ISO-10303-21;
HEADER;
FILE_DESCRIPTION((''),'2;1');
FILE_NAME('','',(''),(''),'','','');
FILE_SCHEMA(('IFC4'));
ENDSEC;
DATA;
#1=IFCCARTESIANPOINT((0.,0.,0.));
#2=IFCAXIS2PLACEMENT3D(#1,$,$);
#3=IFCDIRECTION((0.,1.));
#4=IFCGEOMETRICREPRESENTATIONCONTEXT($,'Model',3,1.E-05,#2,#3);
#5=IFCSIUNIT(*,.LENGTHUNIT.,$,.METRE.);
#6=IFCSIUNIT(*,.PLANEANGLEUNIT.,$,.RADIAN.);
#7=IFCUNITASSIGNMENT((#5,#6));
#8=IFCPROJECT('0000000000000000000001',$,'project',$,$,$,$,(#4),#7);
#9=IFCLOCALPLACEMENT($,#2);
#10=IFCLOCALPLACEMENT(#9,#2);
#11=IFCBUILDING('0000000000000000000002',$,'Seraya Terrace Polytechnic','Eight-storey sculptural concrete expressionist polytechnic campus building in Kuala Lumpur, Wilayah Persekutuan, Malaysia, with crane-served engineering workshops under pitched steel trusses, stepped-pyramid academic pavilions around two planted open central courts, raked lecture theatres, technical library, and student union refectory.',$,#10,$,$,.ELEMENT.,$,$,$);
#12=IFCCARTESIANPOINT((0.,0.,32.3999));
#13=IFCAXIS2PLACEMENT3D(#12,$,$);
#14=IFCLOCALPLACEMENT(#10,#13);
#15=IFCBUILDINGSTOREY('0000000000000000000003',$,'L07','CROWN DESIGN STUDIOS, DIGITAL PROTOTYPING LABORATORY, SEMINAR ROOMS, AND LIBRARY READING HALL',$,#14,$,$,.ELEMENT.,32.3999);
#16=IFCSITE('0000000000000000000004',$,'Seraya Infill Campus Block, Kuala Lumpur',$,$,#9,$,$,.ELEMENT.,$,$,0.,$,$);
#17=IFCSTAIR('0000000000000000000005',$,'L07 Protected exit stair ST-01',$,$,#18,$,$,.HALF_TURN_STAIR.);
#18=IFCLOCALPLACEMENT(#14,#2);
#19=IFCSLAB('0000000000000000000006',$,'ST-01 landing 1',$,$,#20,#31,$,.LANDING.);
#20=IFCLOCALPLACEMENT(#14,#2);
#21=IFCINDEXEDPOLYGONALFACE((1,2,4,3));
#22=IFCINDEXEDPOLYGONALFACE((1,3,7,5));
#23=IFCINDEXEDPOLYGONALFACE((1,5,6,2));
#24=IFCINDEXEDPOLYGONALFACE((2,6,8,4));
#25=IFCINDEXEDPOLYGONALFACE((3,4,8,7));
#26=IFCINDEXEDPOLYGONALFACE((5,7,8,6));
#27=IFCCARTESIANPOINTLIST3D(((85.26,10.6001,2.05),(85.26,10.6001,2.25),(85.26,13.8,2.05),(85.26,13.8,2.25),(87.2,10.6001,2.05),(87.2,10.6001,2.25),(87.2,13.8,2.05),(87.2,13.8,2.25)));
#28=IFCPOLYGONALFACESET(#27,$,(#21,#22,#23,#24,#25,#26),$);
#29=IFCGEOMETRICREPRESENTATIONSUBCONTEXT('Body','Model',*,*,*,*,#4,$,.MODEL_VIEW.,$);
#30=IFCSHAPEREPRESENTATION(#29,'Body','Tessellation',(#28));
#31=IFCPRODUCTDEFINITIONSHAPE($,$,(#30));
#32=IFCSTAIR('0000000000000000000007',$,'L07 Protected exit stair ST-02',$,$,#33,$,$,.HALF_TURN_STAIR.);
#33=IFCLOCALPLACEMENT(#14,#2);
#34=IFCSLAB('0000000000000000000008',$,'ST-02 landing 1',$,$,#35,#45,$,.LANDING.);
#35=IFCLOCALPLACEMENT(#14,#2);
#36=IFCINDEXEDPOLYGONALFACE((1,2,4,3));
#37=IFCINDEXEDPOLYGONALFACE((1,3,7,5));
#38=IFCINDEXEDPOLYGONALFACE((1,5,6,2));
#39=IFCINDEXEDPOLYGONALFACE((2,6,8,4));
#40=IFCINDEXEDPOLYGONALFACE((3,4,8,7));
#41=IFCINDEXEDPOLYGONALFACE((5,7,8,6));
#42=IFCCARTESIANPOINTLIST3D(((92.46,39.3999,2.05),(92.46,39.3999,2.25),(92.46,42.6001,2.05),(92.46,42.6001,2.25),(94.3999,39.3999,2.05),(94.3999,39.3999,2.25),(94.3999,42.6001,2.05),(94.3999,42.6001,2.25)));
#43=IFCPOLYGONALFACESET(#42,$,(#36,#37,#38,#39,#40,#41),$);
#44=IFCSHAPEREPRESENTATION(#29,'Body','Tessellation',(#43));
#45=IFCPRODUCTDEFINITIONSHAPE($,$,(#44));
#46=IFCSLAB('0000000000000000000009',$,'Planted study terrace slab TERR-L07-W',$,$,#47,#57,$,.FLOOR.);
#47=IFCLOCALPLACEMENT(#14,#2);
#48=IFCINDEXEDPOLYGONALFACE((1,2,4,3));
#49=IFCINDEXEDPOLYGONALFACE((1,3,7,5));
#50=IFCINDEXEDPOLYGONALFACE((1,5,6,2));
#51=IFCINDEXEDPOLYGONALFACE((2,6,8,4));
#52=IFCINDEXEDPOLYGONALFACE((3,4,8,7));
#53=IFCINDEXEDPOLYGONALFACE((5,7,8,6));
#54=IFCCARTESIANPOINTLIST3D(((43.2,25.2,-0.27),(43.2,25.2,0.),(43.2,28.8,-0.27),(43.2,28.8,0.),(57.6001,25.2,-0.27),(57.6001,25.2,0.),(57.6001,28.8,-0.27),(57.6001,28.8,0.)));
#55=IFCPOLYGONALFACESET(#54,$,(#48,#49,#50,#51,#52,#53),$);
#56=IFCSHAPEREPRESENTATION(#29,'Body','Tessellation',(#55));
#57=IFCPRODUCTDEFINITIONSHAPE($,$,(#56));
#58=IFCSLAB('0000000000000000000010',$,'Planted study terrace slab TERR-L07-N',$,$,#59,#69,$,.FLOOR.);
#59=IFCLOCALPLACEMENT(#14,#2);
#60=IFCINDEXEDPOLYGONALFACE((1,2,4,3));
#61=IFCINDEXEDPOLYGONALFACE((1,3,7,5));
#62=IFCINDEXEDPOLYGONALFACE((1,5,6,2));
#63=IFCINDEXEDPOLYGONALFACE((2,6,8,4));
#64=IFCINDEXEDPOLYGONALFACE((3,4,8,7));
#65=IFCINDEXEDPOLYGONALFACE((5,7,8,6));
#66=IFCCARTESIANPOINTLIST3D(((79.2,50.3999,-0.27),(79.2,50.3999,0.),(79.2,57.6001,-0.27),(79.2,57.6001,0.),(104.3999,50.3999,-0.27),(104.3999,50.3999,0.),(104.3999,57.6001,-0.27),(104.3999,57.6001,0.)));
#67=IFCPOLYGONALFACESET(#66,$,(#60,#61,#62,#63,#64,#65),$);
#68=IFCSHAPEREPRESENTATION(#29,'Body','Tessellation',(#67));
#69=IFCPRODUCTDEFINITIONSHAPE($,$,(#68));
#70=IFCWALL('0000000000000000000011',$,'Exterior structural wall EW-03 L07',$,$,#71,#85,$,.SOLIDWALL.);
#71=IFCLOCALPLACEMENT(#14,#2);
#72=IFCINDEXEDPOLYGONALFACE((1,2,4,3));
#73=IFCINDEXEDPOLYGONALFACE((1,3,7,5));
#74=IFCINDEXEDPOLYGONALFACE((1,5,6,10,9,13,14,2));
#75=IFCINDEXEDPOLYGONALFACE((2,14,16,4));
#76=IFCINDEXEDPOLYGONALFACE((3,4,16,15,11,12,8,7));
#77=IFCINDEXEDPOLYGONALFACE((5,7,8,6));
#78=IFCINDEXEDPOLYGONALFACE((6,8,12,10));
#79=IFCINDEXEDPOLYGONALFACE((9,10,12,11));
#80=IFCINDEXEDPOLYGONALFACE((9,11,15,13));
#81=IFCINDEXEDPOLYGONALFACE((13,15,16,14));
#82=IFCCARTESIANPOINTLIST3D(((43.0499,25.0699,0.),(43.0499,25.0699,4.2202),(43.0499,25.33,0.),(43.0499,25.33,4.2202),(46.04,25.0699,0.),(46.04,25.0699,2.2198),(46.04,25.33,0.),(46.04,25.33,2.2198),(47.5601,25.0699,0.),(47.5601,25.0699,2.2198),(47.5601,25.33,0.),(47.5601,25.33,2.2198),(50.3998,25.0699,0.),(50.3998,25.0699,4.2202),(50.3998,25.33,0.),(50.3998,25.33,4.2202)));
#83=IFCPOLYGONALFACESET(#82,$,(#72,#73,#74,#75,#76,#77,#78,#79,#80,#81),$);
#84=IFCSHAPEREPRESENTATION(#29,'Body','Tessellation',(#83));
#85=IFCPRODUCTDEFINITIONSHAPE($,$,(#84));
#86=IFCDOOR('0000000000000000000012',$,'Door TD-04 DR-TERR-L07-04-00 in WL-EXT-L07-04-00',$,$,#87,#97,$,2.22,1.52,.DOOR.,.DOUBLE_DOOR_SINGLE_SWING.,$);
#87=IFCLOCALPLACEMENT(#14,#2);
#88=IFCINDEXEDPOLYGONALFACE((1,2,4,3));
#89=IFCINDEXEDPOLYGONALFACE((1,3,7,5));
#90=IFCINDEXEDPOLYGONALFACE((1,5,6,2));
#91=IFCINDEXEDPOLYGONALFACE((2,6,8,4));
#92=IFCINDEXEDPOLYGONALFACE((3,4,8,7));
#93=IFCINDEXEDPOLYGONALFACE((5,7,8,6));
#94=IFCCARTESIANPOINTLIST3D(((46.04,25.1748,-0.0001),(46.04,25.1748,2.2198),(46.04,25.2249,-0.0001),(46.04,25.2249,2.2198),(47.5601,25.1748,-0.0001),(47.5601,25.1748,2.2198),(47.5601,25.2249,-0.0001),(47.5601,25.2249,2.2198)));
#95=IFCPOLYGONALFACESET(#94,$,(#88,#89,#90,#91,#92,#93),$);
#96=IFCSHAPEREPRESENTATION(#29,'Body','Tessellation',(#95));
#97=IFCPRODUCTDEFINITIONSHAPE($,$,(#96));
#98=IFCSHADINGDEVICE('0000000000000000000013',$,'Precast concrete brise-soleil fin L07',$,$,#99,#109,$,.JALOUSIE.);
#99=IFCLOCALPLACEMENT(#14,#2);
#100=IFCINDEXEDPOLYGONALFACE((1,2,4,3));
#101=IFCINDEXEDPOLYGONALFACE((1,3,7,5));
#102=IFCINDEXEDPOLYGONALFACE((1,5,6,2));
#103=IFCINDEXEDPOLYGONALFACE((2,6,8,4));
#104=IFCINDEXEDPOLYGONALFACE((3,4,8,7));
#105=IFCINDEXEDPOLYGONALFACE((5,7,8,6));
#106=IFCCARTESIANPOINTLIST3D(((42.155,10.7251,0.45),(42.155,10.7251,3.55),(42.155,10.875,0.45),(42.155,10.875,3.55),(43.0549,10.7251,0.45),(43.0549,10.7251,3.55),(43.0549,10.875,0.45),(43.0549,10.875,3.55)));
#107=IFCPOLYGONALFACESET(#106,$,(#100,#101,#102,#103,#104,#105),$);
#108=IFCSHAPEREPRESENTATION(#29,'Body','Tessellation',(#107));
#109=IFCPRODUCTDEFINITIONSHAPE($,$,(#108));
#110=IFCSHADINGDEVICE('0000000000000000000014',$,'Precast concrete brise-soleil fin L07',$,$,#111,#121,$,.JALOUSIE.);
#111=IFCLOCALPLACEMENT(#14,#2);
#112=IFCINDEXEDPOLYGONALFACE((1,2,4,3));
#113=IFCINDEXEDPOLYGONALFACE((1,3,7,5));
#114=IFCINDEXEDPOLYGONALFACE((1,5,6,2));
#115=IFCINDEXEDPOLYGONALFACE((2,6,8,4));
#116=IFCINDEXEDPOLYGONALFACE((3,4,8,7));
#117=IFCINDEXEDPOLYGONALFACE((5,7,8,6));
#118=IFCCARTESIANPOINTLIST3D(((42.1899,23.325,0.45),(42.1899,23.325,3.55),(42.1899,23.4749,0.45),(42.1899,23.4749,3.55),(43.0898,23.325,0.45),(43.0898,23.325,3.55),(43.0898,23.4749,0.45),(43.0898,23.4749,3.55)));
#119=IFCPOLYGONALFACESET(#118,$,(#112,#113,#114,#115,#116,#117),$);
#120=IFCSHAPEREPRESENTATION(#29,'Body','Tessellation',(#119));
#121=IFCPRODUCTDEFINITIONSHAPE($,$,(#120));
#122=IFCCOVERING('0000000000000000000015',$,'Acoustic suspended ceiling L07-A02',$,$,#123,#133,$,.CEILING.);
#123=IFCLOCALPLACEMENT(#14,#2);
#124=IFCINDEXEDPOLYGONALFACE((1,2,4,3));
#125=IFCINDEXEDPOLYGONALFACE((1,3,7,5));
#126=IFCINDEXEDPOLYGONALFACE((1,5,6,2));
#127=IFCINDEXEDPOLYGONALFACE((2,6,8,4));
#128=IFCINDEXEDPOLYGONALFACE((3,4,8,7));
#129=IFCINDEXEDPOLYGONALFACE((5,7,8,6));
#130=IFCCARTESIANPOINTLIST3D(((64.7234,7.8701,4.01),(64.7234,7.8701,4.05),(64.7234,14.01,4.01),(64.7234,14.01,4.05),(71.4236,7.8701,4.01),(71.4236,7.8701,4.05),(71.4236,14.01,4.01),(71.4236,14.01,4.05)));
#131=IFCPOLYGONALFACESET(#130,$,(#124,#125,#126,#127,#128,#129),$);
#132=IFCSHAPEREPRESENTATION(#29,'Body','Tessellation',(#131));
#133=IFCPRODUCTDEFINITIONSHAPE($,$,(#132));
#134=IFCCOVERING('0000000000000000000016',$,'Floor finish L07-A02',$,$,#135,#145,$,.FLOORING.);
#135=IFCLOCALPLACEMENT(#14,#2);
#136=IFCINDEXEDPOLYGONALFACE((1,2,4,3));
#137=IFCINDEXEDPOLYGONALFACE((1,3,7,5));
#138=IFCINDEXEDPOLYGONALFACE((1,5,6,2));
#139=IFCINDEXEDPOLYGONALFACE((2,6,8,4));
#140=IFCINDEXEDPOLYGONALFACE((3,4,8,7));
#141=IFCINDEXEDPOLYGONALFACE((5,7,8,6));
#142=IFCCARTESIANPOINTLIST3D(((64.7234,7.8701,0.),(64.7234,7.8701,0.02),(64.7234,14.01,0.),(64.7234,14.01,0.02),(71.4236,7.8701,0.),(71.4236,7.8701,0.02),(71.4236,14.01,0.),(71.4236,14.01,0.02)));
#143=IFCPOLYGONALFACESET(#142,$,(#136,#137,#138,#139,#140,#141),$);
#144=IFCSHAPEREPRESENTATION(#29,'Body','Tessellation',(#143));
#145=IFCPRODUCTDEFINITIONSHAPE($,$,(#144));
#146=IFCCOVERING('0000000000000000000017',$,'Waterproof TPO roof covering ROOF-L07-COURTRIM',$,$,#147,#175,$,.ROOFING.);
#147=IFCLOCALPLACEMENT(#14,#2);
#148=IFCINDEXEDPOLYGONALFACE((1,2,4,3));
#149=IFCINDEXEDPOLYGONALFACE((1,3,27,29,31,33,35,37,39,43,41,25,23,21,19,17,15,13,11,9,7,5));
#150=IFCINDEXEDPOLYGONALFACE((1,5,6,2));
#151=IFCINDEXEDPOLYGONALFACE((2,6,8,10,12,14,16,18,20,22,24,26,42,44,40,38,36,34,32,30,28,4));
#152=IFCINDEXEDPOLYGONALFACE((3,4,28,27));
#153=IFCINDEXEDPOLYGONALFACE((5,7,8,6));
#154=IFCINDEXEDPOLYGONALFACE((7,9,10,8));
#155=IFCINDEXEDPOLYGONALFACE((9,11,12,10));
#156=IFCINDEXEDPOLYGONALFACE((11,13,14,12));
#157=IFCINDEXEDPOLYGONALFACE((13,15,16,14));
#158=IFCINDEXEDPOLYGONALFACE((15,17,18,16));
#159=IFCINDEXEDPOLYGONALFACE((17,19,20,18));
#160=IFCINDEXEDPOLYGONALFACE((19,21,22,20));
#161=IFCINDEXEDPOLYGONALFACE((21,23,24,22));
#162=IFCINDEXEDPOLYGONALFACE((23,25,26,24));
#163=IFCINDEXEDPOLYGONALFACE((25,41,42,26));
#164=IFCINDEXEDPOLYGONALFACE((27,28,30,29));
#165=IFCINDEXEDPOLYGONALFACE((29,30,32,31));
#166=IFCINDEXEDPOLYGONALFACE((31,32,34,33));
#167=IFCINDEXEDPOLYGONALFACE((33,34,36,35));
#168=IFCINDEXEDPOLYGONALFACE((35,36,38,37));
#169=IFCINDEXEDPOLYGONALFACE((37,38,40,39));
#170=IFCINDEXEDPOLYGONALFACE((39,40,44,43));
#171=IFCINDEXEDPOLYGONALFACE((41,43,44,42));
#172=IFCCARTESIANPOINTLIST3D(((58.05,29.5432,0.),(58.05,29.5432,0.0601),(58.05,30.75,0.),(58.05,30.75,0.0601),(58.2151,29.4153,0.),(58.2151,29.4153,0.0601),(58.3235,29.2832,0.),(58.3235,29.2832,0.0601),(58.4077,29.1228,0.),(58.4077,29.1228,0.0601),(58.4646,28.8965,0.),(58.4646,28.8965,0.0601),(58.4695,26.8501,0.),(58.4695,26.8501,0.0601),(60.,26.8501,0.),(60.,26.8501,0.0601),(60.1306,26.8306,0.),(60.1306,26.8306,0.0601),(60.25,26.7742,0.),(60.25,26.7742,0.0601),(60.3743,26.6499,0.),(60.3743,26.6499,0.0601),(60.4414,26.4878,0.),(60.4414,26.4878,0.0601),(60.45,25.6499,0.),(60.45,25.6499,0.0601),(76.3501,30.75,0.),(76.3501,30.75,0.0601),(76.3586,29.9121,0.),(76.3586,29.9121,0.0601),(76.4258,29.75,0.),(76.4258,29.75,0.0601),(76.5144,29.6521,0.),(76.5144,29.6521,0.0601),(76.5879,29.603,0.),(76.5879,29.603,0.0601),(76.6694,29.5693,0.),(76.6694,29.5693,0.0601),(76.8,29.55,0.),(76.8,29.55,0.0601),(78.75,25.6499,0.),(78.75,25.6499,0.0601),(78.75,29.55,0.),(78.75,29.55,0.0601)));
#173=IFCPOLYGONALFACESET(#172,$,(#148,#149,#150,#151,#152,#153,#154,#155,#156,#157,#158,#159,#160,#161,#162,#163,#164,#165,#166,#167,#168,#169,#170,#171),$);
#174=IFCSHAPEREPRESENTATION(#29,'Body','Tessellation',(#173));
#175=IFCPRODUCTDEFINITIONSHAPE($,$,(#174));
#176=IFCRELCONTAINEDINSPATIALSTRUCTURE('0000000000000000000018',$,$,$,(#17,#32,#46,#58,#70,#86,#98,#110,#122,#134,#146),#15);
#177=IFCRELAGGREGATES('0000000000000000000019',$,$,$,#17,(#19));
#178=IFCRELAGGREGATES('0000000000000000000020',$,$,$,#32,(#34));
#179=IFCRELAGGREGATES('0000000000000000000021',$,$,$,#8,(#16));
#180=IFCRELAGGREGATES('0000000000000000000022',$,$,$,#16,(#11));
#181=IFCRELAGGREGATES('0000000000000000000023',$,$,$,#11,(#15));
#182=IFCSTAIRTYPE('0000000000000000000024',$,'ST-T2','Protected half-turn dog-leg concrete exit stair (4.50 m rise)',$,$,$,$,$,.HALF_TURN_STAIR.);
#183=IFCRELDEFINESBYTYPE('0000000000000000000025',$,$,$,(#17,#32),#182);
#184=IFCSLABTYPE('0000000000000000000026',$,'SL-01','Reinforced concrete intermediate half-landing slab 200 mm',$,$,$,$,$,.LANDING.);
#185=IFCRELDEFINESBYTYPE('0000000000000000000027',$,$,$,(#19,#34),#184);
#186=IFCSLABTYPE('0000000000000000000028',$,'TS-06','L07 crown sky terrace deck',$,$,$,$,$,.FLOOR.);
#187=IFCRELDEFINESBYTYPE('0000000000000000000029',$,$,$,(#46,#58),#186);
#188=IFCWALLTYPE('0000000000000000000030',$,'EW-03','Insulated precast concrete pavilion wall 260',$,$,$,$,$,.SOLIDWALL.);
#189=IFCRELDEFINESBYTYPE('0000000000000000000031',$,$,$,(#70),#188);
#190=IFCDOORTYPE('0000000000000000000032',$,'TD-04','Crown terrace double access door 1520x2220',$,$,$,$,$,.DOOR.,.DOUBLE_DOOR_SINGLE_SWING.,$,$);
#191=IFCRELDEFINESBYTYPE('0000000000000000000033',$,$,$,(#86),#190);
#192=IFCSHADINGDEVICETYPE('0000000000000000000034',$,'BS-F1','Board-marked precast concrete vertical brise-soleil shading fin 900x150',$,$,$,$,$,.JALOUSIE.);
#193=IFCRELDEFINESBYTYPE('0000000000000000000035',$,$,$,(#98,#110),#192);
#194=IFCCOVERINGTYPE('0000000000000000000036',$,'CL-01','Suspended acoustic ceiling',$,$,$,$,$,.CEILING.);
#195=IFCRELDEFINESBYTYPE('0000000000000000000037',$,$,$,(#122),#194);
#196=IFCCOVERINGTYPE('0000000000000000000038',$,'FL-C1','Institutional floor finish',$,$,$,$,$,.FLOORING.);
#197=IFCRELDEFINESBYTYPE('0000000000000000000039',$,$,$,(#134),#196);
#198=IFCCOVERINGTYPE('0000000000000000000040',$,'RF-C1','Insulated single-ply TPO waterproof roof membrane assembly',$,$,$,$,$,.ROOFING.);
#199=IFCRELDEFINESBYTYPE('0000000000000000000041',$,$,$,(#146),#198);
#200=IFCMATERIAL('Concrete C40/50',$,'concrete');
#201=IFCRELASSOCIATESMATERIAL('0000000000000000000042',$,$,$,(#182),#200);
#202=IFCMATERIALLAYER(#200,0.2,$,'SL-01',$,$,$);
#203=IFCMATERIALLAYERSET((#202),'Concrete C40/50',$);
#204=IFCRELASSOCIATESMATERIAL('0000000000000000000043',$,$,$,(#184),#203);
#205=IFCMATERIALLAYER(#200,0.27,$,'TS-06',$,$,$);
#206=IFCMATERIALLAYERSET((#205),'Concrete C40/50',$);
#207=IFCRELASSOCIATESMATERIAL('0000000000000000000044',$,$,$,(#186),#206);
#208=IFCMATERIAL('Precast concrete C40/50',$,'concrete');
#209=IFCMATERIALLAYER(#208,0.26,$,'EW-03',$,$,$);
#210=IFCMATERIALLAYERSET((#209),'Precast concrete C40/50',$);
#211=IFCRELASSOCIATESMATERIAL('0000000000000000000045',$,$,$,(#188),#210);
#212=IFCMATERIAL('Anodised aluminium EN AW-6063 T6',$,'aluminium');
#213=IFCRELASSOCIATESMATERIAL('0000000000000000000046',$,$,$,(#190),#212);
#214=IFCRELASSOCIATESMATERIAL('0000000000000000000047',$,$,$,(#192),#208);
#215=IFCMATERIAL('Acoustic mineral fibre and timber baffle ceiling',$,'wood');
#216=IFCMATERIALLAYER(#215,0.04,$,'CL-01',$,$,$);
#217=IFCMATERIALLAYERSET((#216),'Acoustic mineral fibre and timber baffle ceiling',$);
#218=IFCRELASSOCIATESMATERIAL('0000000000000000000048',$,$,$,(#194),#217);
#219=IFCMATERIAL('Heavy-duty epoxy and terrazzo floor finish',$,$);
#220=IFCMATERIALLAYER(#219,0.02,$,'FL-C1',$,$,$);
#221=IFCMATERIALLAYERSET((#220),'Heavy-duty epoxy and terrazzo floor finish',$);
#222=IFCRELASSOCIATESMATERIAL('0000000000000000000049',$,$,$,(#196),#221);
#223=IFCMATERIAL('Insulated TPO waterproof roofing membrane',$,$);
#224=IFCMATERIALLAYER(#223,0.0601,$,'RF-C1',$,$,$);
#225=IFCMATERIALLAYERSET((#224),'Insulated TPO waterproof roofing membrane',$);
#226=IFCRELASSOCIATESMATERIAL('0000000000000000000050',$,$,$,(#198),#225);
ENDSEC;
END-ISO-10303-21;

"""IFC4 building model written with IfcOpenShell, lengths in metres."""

from ifc_helpers import new_model, si_unit, direction, frame, frame_2d, origin, origin_2d, place, context, subcontext, project, spatial, polyline, rectangle, outline, extrude, material, layer, layer_set, type_object, element, fill, aggregate, save


model = new_model("IFC4")

# Units and contexts
model_context = context("Model", 3, precision=1e-05, world=origin(), true_north=direction((0.0, 1.0)))
body_context = subcontext(model_context, "Body", "Model", "MODEL_VIEW")
ifc_project = project(units=[si_unit("LENGTHUNIT", "METRE"), si_unit("PLANEANGLEUNIT", "RADIAN")], contexts=[model_context])

# Site, building, storey
site_placement = place(None, origin())
site = spatial("IfcSite", under=ifc_project, at=site_placement, Name="Seraya Infill Campus Block, Kuala Lumpur", CompositionType="ELEMENT", RefElevation=0.0)
building_placement = place(site_placement, origin())
building = spatial("IfcBuilding", under=site, at=building_placement, Name="Seraya Terrace Polytechnic", Description="Eight-storey sculptural concrete expressionist polytechnic campus building in Kuala Lumpur, Wilayah Persekutuan, Malaysia, with crane-served engineering workshops under pitched steel trusses, stepped-pyramid academic pavilions around two planted open central courts, raked lecture theatres, technical library, and student union refectory.", CompositionType="ELEMENT")
storey_placement = place(building_placement, frame((0.0, 0.0, 32.3999)))
storey = spatial("IfcBuildingStorey", under=building, at=storey_placement, Name="L07", Description="CROWN DESIGN STUDIOS, DIGITAL PROTOTYPING LABORATORY, SEMINAR ROOMS, AND LIBRARY READING HALL", CompositionType="ELEMENT", Elevation=32.3999)

# Shared definitions
ifc_material_1 = material(Name="Concrete C40/50", Category="concrete")

# Shared definitions
ifc_material_2 = material(Name="Precast concrete C40/50", Category="concrete")

# Stairs, slabs
stair_type = type_object("IfcStairType", Name="ST-T2", Description="Protected half-turn dog-leg concrete exit stair (4.50 m rise)", PredefinedType="HALF_TURN_STAIR", material=ifc_material_1)
stair_1_placement = place(storey_placement, origin())
stair_1 = element("IfcStair", 1, at=stair_1_placement, inside=storey, type_object=stair_type, Name="L07 Protected exit stair ST-01", PredefinedType="HALF_TURN_STAIR")
ifc_layer_1 = layer(ifc_material_1, 0.2, Name="SL-01")
ifc_layer_set_1 = layer_set([ifc_layer_1], Name="Concrete C40/50")
slab_type_1 = type_object("IfcSlabType", Name="SL-01", Description="Reinforced concrete intermediate half-landing slab 200 mm", PredefinedType="LANDING", material=ifc_layer_set_1)
slab_1_placement = place(storey_placement, frame((0.0, 0.0, 2.05)))
slab_1 = element("IfcSlab", 2, at=slab_1_placement, type_object=slab_type_1, Name="ST-01 landing 1", PredefinedType="LANDING", context=body_context, shape_type="SweptSolid", body=[
    extrude(outline(polyline([(85.26, 10.6001), (87.2, 10.6001), (87.2, 13.8), (85.26, 13.8), (85.26, 10.6001)])), origin(), (0.0, 0.0, 1.0), 0.2),
])
aggregate(stair_1, [slab_1])
stair_2_placement = place(storey_placement, origin())
stair_2 = element("IfcStair", 3, at=stair_2_placement, inside=storey, type_object=stair_type, Name="L07 Protected exit stair ST-02", PredefinedType="HALF_TURN_STAIR")
slab_2_placement = place(storey_placement, frame((0.0, 0.0, 2.05)))
slab_2 = element("IfcSlab", 4, at=slab_2_placement, type_object=slab_type_1, Name="ST-02 landing 1", PredefinedType="LANDING", context=body_context, shape_type="SweptSolid", body=[
    extrude(outline(polyline([(92.46, 39.3999), (94.3999, 39.3999), (94.3999, 42.6001), (92.46, 42.6001), (92.46, 39.3999)])), origin(), (0.0, 0.0, 1.0), 0.2),
])
aggregate(stair_2, [slab_2])

# Slabs
ifc_layer_2 = layer(ifc_material_1, 0.27, Name="TS-06")
ifc_layer_set_2 = layer_set([ifc_layer_2], Name="Concrete C40/50")
slab_type_2 = type_object("IfcSlabType", Name="TS-06", Description="L07 crown sky terrace deck", PredefinedType="FLOOR", material=ifc_layer_set_2)
slab_3_placement = place(storey_placement, frame((0.0, 0.0, -0.27)))
element("IfcSlab", 5, at=slab_3_placement, inside=storey, type_object=slab_type_2, Name="Planted study terrace slab TERR-L07-W", PredefinedType="FLOOR", context=body_context, shape_type="SweptSolid", body=[
    extrude(outline(polyline([(43.2, 25.2), (43.2, 28.8), (57.6001, 28.8), (57.6001, 25.2), (43.2, 25.2)])), origin(), (0.0, 0.0, 1.0), 0.27),
])
slab_4_placement = place(storey_placement, frame((0.0, 0.0, -0.27)))
element("IfcSlab", 6, at=slab_4_placement, inside=storey, type_object=slab_type_2, Name="Planted study terrace slab TERR-L07-N", PredefinedType="FLOOR", context=body_context, shape_type="SweptSolid", body=[
    extrude(outline(polyline([(79.2, 50.3999), (79.2, 57.6001), (104.3999, 57.6001), (104.3999, 50.3999), (79.2, 50.3999)])), origin(), (0.0, 0.0, 1.0), 0.27),
])

# Wall, opening, door
ifc_layer_3 = layer(ifc_material_2, 0.26, Name="EW-03")
ifc_layer_set_3 = layer_set([ifc_layer_3], Name="Precast concrete C40/50")
wall_type = type_object("IfcWallType", Name="EW-03", Description="Insulated precast concrete pavilion wall 260", PredefinedType="SOLIDWALL", material=ifc_layer_set_3)
wall_placement = place(storey_placement, frame((43.05, 25.2, 0.0), z_axis=(0.0, 0.0, 1.0), x_axis=(1.0, 0.0, 0.0)))
wall = element("IfcWall", 7, at=wall_placement, inside=storey, type_object=wall_type, Name="Exterior structural wall EW-03 L07", PredefinedType="SOLIDWALL", context=body_context, shape_type="SweptSolid", body=[
    extrude(rectangle(XDim=7.3499, YDim=0.26, at=frame_2d((3.6748, 0.0))), origin(), (0.0, 0.0, 1.0), 4.2202),
])
opening_placement = place(wall_placement, frame((2.99, 0.0, 0.0)))
opening = element("IfcOpeningElement", 8, at=opening_placement, cuts=wall, PredefinedType="OPENING", context=body_context, shape_type="SweptSolid", body=[
    extrude(rectangle(XDim=1.52, YDim=2.22, at=frame_2d((0.76, 1.1099))), frame((0.0, 0.1421, 0.0), z_axis=(0.0, -1.0, 0.0), x_axis=(1.0, 0.0, 0.0)), (0.0, 0.0, 1.0), 0.2839),
])
ifc_material_3 = material(Name="Anodised aluminium EN AW-6063 T6", Category="aluminium")
door_type = type_object("IfcDoorType", Name="TD-04", Description="Crown terrace double access door 1520x2220", OperationType="DOUBLE_DOOR_SINGLE_SWING", PredefinedType="DOOR", material=ifc_material_3)
door_placement = place(opening_placement, origin())
door = element("IfcDoor", 9, at=door_placement, inside=storey, type_object=door_type, Name="Door TD-04 DR-TERR-L07-04-00 in WL-EXT-L07-04-00", OperationType="DOUBLE_DOOR_SINGLE_SWING", OverallHeight=2.22, OverallWidth=1.52, PredefinedType="DOOR", context=body_context, shape_type="SweptSolid", body=[
    extrude(rectangle(XDim=1.52, YDim=2.22, at=frame_2d((0.76, 1.1099))), frame((0.0, 0.0249, 0.0), z_axis=(0.0, -1.0, 0.0), x_axis=(1.0, 0.0, 0.0)), (0.0, 0.0, 1.0), 0.05),
])
fill(opening, door)

# Shading devices
shading_device_type = type_object("IfcShadingDeviceType", Name="BS-F1", Description="Board-marked precast concrete vertical brise-soleil shading fin 900x150", PredefinedType="JALOUSIE", material=ifc_material_2)
for number, where, z_axis, x_axis, name in (
    (10, (42.605, 10.8, 0.45), (0.0, 0.0, 1.0), (-1.0, 0.0, 0.0), "Precast concrete brise-soleil fin L07"),
    (11, (42.6399, 23.3999, 0.45), (0.0, 0.0, 1.0), (-1.0, 0.0, 0.0), "Precast concrete brise-soleil fin L07"),
):
    element("IfcShadingDevice", number, at=place(storey_placement, frame(where, z_axis=z_axis, x_axis=x_axis)), inside=storey, type_object=shading_device_type, Name=name, PredefinedType="JALOUSIE", context=body_context, shape_type="SweptSolid", body=[
        extrude(rectangle(XDim=0.8999, YDim=0.1499, at=origin_2d()), origin(), (0.0, 0.0, 1.0), 3.1001),
    ])

# Coverings
ifc_material_4 = material(Name="Acoustic mineral fibre and timber baffle ceiling", Category="wood")
ifc_layer_4 = layer(ifc_material_4, 0.04, Name="CL-01")
ifc_layer_set_4 = layer_set([ifc_layer_4], Name="Acoustic mineral fibre and timber baffle ceiling")
covering_type_1 = type_object("IfcCoveringType", Name="CL-01", Description="Suspended acoustic ceiling", PredefinedType="CEILING", material=ifc_layer_set_4)
covering_1_placement = place(storey_placement, frame((0.0, 0.0, 4.01)))
element("IfcCovering", 12, at=covering_1_placement, inside=storey, type_object=covering_type_1, Name="Acoustic suspended ceiling L07-A02", PredefinedType="CEILING", context=body_context, shape_type="SweptSolid", body=[
    extrude(outline(polyline([(64.7234, 14.01), (71.4236, 14.01), (71.4236, 7.8701), (64.7234, 7.8701), (64.7234, 14.01)])), origin(), (0.0, 0.0, 1.0), 0.04),
])
ifc_material_5 = material(Name="Heavy-duty epoxy and terrazzo floor finish")
ifc_layer_5 = layer(ifc_material_5, 0.02, Name="FL-C1")
ifc_layer_set_5 = layer_set([ifc_layer_5], Name="Heavy-duty epoxy and terrazzo floor finish")
covering_type_2 = type_object("IfcCoveringType", Name="FL-C1", Description="Institutional floor finish", PredefinedType="FLOORING", material=ifc_layer_set_5)
covering_2_placement = place(storey_placement, origin())
element("IfcCovering", 13, at=covering_2_placement, inside=storey, type_object=covering_type_2, Name="Floor finish L07-A02", PredefinedType="FLOORING", context=body_context, shape_type="SweptSolid", body=[
    extrude(outline(polyline([(64.7234, 14.01), (71.4236, 14.01), (71.4236, 7.8701), (64.7234, 7.8701), (64.7234, 14.01)])), origin(), (0.0, 0.0, 1.0), 0.02),
])
ifc_material_6 = material(Name="Insulated TPO waterproof roofing membrane")
ifc_layer_6 = layer(ifc_material_6, 0.0601, Name="RF-C1")
ifc_layer_set_6 = layer_set([ifc_layer_6], Name="Insulated TPO waterproof roofing membrane")
covering_type_3 = type_object("IfcCoveringType", Name="RF-C1", Description="Insulated single-ply TPO waterproof roof membrane assembly", PredefinedType="ROOFING", material=ifc_layer_set_6)
covering_3_placement = place(storey_placement, origin())
element("IfcCovering", 14, at=covering_3_placement, inside=storey, type_object=covering_type_3, Name="Waterproof TPO roof covering ROOF-L07-COURTRIM", PredefinedType="ROOFING", context=body_context, shape_type="SweptSolid", body=[
    extrude(outline(polyline([(58.05, 29.5432), (58.05, 30.75), (76.3501, 30.75), (76.3586, 29.9121), (76.4258, 29.75), (76.5144, 29.6521), (76.5879, 29.603), (76.6694, 29.5693), (76.8, 29.55), (78.75, 29.55), (78.75, 25.6499), (60.45, 25.6499), (60.4414, 26.4878), (60.3743, 26.6499), (60.25, 26.7742), (60.1306, 26.8306), (60.0, 26.8501), (58.4695, 26.8501), (58.4646, 28.8965), (58.4077, 29.1228), (58.3235, 29.2832), (58.2151, 29.4153), (58.05, 29.5432)])), origin(), (0.0, 0.0, 1.0), 0.0601),
])

save(model, "model.ifc")
